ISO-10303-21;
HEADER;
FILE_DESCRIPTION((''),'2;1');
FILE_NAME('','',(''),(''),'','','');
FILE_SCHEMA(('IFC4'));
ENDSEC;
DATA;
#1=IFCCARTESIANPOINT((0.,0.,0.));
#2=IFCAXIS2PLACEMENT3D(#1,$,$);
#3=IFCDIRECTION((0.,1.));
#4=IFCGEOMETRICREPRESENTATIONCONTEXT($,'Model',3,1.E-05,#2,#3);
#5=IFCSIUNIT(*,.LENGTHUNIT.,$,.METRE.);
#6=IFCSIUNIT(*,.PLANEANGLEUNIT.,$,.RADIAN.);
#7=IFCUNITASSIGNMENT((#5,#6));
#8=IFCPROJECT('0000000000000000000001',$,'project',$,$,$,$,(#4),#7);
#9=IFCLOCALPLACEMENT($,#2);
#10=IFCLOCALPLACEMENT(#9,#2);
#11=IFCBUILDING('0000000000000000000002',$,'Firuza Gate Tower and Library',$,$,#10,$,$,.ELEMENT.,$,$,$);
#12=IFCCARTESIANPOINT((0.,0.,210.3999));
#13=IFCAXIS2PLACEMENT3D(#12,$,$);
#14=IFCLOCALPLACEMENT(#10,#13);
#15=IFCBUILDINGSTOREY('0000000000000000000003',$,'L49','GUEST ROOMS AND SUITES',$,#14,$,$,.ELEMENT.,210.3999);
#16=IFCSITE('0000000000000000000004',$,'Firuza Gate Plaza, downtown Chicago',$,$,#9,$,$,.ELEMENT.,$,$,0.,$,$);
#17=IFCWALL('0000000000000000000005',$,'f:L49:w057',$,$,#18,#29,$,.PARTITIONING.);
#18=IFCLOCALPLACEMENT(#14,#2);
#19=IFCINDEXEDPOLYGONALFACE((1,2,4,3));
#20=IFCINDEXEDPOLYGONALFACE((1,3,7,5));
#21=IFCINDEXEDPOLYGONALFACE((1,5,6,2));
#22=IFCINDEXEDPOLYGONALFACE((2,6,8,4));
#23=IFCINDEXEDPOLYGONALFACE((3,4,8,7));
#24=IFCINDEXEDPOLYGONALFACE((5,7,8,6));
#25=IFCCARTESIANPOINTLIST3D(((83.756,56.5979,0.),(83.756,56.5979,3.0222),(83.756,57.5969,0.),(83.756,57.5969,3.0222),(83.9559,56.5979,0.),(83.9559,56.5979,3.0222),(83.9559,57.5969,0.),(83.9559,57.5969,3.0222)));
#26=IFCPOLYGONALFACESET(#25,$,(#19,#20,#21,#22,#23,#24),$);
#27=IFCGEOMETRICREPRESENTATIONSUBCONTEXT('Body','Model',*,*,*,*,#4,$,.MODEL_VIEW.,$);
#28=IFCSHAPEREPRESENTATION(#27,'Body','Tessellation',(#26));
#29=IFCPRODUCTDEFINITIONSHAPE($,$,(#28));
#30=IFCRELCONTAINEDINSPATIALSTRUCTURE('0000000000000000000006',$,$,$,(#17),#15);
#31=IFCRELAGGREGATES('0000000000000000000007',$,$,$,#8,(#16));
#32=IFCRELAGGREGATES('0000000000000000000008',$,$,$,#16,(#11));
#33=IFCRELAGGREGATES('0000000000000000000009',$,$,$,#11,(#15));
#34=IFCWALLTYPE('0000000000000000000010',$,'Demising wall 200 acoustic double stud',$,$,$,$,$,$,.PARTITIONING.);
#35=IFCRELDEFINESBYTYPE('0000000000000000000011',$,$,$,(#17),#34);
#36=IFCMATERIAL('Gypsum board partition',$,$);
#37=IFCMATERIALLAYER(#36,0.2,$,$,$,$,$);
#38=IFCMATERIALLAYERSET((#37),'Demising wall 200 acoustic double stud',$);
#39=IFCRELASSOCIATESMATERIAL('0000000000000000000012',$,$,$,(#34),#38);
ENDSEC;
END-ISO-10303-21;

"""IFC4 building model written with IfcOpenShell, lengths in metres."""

from ifc_helpers import new_model, si_unit, direction, frame, frame_2d, origin, place, context, subcontext, project, spatial, rectangle, extrude, material, layer, layer_set, type_object, element, save


model = new_model("IFC4")

# Units and contexts
model_context = context("Model", 3, precision=1e-05, world=origin(), true_north=direction((0.0, 1.0)))
body_context = subcontext(model_context, "Body", "Model", "MODEL_VIEW")
ifc_project = project(units=[si_unit("LENGTHUNIT", "METRE"), si_unit("PLANEANGLEUNIT", "RADIAN")], contexts=[model_context])

# Site, building, storey
site_placement = place(None, origin())
site = spatial("IfcSite", under=ifc_project, at=site_placement, Name="Firuza Gate Plaza, downtown Chicago", CompositionType="ELEMENT", RefElevation=0.0)
building_placement = place(site_placement, origin())
building = spatial("IfcBuilding", under=site, at=building_placement, Name="Firuza Gate Tower and Library", CompositionType="ELEMENT")
storey_placement = place(building_placement, frame((0.0, 0.0, 210.3999)))
storey = spatial("IfcBuildingStorey", under=building, at=storey_placement, Name="L49", Description="GUEST ROOMS AND SUITES", CompositionType="ELEMENT", Elevation=210.3999)

# Wall
ifc_material_1 = material(Name="Gypsum board partition")
ifc_layer_1 = layer(ifc_material_1, 0.2)
ifc_layer_set_1 = layer_set([ifc_layer_1], Name="Demising wall 200 acoustic double stud")
wall_type = type_object("IfcWallType", Name="Demising wall 200 acoustic double stud", PredefinedType="PARTITIONING", material=ifc_layer_set_1)
wall_placement = place(storey_placement, frame((83.856, 56.5979, 0.0), z_axis=(0.0, 0.0, 1.0), x_axis=(0.0, 1.0, 0.0)))
element("IfcWall", 1, at=wall_placement, inside=storey, type_object=wall_type, Name="f:L49:w057", PredefinedType="PARTITIONING", context=body_context, shape_type="SweptSolid", body=[
    extrude(rectangle(XDim=0.999, YDim=0.2, at=frame_2d((0.4995, 0.0))), origin(), (0.0, 0.0, 1.0), 3.0222),
])

save(model, "model.ifc")
